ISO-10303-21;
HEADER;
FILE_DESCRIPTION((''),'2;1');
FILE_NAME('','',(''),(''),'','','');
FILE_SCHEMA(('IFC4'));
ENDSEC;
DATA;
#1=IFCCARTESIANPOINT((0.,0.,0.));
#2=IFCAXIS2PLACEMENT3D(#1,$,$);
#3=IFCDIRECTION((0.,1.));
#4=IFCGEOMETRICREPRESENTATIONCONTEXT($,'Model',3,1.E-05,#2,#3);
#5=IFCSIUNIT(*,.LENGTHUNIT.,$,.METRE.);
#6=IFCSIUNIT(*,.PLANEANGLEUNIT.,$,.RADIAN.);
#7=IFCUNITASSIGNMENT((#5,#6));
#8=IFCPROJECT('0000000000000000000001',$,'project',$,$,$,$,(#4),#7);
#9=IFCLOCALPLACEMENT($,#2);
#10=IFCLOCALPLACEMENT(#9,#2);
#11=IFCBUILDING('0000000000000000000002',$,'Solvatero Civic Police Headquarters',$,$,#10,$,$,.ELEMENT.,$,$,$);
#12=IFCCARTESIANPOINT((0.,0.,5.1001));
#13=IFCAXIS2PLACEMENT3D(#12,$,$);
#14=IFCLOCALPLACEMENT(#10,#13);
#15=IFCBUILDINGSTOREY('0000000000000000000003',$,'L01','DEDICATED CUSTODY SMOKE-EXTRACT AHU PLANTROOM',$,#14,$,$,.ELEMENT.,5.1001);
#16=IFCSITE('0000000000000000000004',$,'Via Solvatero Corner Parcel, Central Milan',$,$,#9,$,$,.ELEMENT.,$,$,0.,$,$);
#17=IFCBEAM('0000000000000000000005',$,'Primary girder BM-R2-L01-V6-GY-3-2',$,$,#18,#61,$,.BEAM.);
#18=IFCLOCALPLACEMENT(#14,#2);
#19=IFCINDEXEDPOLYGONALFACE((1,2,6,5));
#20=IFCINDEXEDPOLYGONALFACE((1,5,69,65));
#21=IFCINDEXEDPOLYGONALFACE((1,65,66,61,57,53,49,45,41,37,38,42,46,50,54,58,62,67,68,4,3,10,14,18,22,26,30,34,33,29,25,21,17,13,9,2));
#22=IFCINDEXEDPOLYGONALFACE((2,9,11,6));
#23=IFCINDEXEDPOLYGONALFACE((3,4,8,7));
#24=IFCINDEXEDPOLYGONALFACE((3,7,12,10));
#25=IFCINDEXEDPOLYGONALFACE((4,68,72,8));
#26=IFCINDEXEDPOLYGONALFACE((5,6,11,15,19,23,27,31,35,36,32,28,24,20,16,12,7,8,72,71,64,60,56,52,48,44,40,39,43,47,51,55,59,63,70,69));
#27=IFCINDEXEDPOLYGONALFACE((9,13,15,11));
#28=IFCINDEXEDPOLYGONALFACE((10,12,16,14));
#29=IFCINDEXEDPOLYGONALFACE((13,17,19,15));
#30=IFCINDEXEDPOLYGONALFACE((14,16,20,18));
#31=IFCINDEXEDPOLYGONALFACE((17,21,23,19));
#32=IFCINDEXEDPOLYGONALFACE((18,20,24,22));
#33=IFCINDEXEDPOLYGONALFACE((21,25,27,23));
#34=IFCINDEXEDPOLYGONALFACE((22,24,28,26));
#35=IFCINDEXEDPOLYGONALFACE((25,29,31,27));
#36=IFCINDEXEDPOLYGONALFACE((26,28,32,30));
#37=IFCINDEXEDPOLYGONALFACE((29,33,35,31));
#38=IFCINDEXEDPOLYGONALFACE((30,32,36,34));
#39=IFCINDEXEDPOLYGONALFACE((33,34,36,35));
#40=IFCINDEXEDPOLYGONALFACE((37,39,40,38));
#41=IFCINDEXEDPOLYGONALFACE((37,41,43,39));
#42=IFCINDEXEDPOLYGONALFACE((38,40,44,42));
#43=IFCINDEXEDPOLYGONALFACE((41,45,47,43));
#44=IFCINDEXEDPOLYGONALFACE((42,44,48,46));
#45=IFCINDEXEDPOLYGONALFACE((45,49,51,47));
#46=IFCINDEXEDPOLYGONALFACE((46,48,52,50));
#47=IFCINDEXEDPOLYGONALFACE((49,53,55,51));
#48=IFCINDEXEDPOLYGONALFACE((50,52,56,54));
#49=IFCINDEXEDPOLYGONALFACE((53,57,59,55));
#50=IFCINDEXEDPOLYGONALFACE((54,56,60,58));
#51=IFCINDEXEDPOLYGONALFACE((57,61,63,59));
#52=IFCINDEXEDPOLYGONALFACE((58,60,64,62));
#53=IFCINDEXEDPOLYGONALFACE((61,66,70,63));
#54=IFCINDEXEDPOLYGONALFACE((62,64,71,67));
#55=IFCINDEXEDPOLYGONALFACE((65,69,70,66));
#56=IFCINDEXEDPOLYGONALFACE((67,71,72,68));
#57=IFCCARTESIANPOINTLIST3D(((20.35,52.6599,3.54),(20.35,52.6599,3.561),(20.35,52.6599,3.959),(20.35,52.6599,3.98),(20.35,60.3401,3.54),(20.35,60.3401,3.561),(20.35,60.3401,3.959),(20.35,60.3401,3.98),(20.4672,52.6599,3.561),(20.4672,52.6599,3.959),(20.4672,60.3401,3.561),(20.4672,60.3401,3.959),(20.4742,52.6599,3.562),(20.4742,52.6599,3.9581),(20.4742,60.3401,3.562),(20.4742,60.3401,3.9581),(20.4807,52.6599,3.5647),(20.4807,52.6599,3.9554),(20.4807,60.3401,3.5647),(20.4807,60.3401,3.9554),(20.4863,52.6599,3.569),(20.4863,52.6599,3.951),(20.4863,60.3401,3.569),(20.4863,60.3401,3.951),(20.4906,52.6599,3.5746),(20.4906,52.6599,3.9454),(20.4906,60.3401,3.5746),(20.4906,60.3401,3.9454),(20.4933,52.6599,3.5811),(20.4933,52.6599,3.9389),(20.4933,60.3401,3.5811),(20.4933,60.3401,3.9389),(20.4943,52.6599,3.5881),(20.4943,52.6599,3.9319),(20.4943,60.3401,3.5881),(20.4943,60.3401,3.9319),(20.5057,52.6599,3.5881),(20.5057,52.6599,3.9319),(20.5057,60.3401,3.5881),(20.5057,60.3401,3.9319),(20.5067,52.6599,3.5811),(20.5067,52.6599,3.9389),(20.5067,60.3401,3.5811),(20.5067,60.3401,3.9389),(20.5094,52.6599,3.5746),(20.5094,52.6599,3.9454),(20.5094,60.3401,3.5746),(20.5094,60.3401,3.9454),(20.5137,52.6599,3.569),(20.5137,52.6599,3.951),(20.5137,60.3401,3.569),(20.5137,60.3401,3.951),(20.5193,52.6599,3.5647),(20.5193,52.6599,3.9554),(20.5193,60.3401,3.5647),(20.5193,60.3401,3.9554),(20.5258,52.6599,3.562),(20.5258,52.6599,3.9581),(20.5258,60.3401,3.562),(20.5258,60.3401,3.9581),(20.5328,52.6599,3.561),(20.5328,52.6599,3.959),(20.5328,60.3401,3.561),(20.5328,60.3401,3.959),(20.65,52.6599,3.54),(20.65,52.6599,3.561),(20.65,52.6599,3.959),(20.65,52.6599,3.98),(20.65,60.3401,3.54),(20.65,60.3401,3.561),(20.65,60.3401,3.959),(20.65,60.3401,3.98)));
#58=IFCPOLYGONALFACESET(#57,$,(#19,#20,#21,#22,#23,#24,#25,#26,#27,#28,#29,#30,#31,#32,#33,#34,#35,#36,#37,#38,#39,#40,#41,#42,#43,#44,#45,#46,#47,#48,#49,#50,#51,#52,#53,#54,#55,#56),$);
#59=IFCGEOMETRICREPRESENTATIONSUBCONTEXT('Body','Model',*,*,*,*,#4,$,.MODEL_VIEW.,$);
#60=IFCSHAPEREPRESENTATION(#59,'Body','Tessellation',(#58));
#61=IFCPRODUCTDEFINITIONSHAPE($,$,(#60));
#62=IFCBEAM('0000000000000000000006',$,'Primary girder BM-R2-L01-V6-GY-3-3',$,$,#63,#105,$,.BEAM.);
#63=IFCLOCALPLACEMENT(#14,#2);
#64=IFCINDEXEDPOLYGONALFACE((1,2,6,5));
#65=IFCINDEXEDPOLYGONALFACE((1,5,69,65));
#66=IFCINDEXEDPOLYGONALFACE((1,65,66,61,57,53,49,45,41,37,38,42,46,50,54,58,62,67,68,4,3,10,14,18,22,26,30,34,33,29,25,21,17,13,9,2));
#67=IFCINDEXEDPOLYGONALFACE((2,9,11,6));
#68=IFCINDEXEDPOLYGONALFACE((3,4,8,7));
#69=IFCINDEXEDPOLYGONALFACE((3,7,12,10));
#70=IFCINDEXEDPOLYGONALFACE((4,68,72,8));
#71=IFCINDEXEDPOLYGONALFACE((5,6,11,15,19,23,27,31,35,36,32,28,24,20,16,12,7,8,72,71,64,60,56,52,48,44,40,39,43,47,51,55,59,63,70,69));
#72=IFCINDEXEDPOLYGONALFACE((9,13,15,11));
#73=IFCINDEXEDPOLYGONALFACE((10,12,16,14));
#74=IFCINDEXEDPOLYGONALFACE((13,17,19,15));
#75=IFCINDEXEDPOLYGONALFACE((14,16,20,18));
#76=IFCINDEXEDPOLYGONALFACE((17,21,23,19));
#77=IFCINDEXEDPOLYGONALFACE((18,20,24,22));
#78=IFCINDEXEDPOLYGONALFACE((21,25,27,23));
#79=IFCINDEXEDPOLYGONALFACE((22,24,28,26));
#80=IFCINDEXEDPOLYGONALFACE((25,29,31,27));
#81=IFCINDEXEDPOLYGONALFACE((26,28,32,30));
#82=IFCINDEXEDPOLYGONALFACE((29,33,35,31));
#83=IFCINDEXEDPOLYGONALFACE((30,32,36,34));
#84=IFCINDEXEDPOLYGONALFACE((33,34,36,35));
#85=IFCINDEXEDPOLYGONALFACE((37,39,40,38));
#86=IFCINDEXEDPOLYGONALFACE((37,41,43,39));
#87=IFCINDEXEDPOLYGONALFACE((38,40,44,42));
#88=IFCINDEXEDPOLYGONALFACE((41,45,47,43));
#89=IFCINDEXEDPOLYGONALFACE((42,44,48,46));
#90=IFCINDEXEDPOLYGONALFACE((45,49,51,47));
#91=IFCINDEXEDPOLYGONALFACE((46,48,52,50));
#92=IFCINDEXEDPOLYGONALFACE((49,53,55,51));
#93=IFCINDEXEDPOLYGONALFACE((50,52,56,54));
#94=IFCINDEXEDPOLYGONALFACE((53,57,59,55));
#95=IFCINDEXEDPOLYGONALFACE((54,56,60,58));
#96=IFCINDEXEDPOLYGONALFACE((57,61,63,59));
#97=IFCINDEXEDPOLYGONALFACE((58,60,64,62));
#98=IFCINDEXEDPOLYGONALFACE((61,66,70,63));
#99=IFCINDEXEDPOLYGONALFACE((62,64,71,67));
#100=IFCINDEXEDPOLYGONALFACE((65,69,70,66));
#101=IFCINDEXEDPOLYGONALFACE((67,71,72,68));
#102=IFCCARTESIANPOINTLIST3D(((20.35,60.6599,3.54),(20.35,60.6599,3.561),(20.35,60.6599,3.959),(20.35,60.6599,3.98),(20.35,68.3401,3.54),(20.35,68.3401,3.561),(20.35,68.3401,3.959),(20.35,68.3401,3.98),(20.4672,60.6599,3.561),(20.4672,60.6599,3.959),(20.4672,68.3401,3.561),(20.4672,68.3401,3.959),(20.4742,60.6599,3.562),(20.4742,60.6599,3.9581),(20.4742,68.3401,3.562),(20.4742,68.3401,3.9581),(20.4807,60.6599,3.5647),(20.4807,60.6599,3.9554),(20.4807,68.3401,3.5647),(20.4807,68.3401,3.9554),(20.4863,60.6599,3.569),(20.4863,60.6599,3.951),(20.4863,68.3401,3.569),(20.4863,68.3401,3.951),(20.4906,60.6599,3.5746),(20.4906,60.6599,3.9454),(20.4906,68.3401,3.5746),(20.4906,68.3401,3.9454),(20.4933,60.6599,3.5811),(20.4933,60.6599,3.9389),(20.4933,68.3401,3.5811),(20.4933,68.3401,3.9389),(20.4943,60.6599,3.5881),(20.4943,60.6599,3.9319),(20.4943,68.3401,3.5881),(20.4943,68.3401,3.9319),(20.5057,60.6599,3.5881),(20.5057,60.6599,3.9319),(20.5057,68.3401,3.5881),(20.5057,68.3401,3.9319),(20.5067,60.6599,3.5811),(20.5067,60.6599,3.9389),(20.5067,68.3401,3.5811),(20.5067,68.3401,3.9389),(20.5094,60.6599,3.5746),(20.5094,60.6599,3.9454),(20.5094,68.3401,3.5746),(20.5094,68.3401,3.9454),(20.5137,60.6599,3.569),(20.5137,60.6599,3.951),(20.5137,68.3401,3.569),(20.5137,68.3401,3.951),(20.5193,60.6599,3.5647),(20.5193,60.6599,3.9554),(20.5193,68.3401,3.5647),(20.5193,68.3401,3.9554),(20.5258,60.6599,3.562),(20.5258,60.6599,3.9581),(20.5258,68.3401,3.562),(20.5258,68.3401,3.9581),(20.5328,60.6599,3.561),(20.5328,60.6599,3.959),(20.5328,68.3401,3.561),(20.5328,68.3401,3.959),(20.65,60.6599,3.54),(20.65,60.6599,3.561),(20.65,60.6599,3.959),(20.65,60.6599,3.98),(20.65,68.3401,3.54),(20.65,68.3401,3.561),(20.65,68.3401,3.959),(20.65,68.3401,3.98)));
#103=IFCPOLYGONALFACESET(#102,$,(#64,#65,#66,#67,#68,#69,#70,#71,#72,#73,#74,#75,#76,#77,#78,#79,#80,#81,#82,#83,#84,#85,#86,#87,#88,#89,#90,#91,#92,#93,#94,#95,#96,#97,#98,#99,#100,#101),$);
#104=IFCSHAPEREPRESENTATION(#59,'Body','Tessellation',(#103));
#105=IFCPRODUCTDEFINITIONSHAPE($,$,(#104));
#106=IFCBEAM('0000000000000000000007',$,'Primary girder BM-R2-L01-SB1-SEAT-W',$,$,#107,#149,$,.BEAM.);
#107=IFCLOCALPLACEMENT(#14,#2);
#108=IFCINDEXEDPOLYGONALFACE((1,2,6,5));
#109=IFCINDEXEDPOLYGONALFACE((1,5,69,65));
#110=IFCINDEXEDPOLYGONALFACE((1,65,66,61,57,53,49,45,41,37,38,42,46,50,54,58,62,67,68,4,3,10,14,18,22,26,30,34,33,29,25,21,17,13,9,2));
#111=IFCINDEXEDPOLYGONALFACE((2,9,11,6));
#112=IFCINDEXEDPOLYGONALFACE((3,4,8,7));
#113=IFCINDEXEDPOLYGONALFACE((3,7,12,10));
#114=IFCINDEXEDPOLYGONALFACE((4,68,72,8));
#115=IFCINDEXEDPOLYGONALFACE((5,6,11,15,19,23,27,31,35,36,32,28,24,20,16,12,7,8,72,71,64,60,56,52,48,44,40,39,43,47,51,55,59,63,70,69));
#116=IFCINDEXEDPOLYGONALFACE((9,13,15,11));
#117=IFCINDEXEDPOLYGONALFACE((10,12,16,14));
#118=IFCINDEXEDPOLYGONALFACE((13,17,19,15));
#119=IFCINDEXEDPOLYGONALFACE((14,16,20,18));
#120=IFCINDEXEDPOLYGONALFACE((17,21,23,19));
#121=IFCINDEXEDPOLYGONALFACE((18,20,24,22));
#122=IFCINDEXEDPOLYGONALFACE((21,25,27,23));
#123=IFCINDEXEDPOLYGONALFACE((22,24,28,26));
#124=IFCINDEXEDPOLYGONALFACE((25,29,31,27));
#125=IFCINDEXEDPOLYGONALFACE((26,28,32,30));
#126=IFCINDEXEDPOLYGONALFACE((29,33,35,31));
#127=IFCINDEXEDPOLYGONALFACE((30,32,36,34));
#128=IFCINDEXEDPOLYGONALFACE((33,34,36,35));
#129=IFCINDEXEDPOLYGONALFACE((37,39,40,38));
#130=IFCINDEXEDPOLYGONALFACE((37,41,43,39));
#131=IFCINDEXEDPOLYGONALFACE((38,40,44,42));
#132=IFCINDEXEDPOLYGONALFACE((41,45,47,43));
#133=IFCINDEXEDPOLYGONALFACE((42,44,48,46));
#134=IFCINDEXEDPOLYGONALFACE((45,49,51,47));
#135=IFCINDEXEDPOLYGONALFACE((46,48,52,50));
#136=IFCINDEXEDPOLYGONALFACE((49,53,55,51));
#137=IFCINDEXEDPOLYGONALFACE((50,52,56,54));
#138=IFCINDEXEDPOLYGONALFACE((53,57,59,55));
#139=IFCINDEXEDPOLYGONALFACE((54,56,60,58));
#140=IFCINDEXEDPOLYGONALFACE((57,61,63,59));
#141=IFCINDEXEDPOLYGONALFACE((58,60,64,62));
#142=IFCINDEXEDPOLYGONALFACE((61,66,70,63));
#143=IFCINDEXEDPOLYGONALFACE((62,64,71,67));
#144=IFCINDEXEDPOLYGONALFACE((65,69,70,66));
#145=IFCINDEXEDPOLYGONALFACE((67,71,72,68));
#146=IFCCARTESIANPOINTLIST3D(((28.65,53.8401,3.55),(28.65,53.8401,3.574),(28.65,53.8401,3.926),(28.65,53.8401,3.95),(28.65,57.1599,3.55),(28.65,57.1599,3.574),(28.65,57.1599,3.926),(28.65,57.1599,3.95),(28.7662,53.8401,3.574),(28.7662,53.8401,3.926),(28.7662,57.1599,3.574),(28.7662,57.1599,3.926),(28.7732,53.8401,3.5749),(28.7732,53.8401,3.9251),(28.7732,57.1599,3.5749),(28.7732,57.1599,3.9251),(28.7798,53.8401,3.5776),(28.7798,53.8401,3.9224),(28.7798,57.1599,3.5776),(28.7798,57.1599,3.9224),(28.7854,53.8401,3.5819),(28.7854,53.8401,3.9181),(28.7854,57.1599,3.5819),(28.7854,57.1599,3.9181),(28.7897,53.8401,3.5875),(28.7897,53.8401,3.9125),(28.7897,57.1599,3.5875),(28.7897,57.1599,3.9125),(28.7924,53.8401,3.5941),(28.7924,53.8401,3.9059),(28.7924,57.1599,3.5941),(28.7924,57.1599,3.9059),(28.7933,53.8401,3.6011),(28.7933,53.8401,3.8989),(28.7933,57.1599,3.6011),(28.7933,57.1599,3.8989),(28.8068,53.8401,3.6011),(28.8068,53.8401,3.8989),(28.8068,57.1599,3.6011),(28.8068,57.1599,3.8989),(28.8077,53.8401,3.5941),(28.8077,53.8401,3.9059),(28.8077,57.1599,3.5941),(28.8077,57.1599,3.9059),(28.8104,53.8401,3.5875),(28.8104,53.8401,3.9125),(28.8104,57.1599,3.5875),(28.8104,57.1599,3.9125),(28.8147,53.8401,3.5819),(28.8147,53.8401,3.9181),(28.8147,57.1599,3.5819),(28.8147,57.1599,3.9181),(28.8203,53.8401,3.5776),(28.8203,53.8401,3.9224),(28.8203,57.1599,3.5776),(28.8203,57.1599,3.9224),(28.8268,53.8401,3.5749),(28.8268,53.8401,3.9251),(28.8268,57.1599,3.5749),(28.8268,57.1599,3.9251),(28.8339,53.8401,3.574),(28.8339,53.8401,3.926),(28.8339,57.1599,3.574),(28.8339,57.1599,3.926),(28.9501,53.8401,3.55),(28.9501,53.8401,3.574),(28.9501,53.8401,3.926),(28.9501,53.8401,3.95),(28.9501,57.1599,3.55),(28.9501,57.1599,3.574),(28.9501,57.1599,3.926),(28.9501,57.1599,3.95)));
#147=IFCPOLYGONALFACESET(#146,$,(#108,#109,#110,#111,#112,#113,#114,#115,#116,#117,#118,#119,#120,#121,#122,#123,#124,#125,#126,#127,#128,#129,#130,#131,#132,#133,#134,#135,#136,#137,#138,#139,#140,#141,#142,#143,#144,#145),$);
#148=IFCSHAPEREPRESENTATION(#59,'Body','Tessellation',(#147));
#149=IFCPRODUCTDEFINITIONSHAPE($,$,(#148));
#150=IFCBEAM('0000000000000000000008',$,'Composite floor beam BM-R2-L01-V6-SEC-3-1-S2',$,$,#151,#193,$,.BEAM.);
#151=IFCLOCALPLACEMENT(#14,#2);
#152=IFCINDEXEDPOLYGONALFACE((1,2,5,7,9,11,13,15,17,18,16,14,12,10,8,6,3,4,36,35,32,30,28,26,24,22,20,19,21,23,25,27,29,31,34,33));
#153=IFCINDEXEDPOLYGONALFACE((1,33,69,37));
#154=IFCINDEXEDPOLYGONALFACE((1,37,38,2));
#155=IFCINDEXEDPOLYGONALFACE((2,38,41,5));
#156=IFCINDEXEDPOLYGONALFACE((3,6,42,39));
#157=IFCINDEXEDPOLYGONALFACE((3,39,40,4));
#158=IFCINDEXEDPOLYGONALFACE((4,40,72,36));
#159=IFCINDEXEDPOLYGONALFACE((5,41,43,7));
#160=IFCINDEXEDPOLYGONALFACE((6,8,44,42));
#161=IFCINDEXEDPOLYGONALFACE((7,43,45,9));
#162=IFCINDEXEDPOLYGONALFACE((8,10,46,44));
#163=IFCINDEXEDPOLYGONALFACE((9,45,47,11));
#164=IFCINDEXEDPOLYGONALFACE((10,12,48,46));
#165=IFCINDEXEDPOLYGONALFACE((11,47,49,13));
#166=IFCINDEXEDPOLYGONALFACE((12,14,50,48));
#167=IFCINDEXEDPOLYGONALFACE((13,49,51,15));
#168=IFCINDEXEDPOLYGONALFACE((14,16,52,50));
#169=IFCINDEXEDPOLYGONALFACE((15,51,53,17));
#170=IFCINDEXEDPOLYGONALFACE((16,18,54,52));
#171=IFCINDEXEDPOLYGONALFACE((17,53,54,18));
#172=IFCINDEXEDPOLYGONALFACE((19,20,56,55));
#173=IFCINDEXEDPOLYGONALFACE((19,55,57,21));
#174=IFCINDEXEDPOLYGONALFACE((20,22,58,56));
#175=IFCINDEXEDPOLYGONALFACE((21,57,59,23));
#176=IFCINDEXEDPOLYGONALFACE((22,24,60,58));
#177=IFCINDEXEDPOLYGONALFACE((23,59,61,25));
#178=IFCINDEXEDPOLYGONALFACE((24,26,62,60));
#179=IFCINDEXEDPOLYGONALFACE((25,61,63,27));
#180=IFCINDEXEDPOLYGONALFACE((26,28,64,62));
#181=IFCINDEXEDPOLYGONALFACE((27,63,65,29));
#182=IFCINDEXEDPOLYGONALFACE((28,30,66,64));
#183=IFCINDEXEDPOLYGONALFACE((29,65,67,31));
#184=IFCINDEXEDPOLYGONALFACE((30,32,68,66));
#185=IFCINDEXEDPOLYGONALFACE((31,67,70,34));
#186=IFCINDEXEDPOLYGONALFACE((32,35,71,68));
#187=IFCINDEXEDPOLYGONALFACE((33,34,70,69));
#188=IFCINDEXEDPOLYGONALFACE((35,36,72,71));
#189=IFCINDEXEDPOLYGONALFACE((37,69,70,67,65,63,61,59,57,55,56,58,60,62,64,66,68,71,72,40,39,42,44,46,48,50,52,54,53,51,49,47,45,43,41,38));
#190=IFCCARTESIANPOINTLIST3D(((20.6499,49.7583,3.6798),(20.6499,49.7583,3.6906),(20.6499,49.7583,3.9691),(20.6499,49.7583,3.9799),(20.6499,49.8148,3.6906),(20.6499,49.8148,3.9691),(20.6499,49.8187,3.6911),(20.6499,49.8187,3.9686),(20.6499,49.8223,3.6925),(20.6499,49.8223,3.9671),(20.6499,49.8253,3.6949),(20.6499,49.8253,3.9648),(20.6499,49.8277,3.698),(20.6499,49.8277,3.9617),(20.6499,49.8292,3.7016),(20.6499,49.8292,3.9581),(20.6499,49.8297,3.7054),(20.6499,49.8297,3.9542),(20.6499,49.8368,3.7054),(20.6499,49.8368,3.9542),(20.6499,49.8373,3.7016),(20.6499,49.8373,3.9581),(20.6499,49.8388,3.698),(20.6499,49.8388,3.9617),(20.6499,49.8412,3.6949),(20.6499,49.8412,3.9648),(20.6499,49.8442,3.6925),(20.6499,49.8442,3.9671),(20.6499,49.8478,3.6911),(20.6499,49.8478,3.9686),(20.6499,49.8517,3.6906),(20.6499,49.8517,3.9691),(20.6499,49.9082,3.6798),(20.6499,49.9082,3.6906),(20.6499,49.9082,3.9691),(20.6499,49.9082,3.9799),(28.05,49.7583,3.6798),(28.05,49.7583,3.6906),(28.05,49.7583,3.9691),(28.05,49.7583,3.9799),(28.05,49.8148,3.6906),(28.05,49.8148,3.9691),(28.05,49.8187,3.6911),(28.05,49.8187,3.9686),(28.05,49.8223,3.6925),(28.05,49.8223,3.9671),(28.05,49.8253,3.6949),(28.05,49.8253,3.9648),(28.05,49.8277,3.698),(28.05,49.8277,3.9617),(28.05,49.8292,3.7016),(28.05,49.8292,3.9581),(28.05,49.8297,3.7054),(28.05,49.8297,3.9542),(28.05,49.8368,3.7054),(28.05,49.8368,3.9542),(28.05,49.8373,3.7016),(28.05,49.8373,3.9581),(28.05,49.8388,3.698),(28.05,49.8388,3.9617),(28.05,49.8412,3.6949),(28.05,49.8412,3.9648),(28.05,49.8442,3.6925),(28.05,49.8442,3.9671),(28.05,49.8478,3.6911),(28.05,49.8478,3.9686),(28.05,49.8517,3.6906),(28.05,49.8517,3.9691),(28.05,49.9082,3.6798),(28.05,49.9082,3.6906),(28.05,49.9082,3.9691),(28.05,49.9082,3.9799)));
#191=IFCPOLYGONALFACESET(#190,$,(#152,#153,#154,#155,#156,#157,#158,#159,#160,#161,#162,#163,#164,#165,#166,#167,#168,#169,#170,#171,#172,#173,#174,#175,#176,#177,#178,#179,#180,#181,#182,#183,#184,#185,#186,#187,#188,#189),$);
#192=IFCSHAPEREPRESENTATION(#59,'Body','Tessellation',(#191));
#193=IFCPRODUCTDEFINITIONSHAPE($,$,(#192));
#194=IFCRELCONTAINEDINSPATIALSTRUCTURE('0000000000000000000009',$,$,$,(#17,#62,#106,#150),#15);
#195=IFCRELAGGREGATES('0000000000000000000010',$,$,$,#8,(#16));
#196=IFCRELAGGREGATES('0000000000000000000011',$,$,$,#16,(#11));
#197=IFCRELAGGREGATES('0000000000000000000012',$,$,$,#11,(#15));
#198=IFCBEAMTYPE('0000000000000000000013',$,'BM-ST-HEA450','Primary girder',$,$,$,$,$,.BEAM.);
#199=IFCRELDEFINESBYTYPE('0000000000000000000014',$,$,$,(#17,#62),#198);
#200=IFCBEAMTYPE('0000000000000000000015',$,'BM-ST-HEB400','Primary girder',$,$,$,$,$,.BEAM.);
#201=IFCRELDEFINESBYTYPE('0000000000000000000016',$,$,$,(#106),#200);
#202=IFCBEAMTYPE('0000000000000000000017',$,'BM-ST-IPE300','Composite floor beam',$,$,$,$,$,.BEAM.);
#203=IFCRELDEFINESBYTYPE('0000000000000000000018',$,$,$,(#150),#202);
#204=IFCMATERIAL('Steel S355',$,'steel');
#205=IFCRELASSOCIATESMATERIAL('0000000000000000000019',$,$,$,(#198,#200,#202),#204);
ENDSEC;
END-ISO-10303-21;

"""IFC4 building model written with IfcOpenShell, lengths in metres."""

from ifc_helpers import new_model, si_unit, direction, frame, origin, origin_2d, place, context, subcontext, project, spatial, i_section, extrude, material, material_profile, profile_set, type_object, element, save


model = new_model("IFC4")

# Units and contexts
model_context = context("Model", 3, precision=1e-05, world=origin(), true_north=direction((0.0, 1.0)))
body_context = subcontext(model_context, "Body", "Model", "MODEL_VIEW")
ifc_project = project(units=[si_unit("LENGTHUNIT", "METRE"), si_unit("PLANEANGLEUNIT", "RADIAN")], contexts=[model_context])

# Site, building, storey
site_placement = place(None, origin())
site = spatial("IfcSite", under=ifc_project, at=site_placement, Name="Via Solvatero Corner Parcel, Central Milan", CompositionType="ELEMENT", RefElevation=0.0)
building_placement = place(site_placement, origin())
building = spatial("IfcBuilding", under=site, at=building_placement, Name="Solvatero Civic Police Headquarters", CompositionType="ELEMENT")
storey_placement = place(building_placement, frame((0.0, 0.0, 5.1001)))
storey = spatial("IfcBuildingStorey", under=building, at=storey_placement, Name="L01", Description="DEDICATED CUSTODY SMOKE-EXTRACT AHU PLANTROOM", CompositionType="ELEMENT", Elevation=5.1001)

# Shared definitions
ifc_material_1 = material(Name="Steel S355", Category="steel")

# Beams
ifc_material_profile_1 = material_profile(ifc_material_1, i_section(OverallWidth=0.3, OverallDepth=0.4399, WebThickness=0.0115, FlangeThickness=0.021, FilletRadius=0.0271, at=origin_2d()), Name="HEA 450")
ifc_profile_set_1 = profile_set([ifc_material_profile_1], Name="Steel S355")
beam_type_1 = type_object("IfcBeamType", Name="BM-ST-HEA450", Description="Primary girder", PredefinedType="BEAM", material=ifc_profile_set_1)
for number, where, z_axis, x_axis, name in (
    (1, (20.5, 52.6599, 3.76), (0.0, 1.0, 0.0), (-1.0, 0.0, 0.0), "Primary girder BM-R2-L01-V6-GY-3-2"),
    (2, (20.5, 60.6599, 3.76), (0.0, 1.0, 0.0), (-1.0, 0.0, 0.0), "Primary girder BM-R2-L01-V6-GY-3-3"),
):
    element("IfcBeam", number, at=place(storey_placement, frame(where, z_axis=z_axis, x_axis=x_axis)), inside=storey, type_object=beam_type_1, Name=name, PredefinedType="BEAM", context=body_context, shape_type="SweptSolid", body=[
        extrude(i_section(OverallWidth=0.3, OverallDepth=0.4399, WebThickness=0.0115, FlangeThickness=0.021, FilletRadius=0.0271, at=origin_2d()), origin(), (0.0, 0.0, 1.0), 7.6802),
    ])
ifc_material_profile_2 = material_profile(ifc_material_1, i_section(OverallWidth=0.3, OverallDepth=0.3999, WebThickness=0.0134, FlangeThickness=0.0239, FilletRadius=0.0271, at=origin_2d()), Name="HEB 400")
ifc_profile_set_2 = profile_set([ifc_material_profile_2], Name="Steel S355")
beam_type_2 = type_object("IfcBeamType", Name="BM-ST-HEB400", Description="Primary girder", PredefinedType="BEAM", material=ifc_profile_set_2)
beam_1_placement = place(storey_placement, frame((28.8, 53.8401, 3.75), z_axis=(0.0, 1.0, 0.0), x_axis=(-1.0, 0.0, 0.0)))
element("IfcBeam", 3, at=beam_1_placement, inside=storey, type_object=beam_type_2, Name="Primary girder BM-R2-L01-SB1-SEAT-W", PredefinedType="BEAM", context=body_context, shape_type="SweptSolid", body=[
    extrude(i_section(OverallWidth=0.3, OverallDepth=0.3999, WebThickness=0.0134, FlangeThickness=0.0239, FilletRadius=0.0271, at=origin_2d()), origin(), (0.0, 0.0, 1.0), 3.3198),
])
ifc_material_profile_3 = material_profile(ifc_material_1, i_section(OverallWidth=0.1499, OverallDepth=0.3, WebThickness=0.0071, FlangeThickness=0.0107, FilletRadius=0.0149, at=origin_2d()), Name="IPE 300")
ifc_profile_set_3 = profile_set([ifc_material_profile_3], Name="Steel S355")
beam_type_3 = type_object("IfcBeamType", Name="BM-ST-IPE300", Description="Composite floor beam", PredefinedType="BEAM", material=ifc_profile_set_3)
for number, where, z_axis, x_axis, name in (
    (4, (20.6499, 49.8333, 3.8298), (1.0, 0.0, 0.0), (0.0, 1.0, 0.0), "Composite floor beam BM-R2-L01-V6-SEC-3-1-S2"),
):
    element("IfcBeam", number, at=place(storey_placement, frame(where, z_axis=z_axis, x_axis=x_axis)), inside=storey, type_object=beam_type_3, Name=name, PredefinedType="BEAM", context=body_context, shape_type="SweptSolid", body=[
        extrude(i_section(OverallWidth=0.1499, OverallDepth=0.3, WebThickness=0.0071, FlangeThickness=0.0107, FilletRadius=0.0149, at=origin_2d()), origin(), (0.0, 0.0, 1.0), 7.4001),
    ])

save(model, "model.ifc")
